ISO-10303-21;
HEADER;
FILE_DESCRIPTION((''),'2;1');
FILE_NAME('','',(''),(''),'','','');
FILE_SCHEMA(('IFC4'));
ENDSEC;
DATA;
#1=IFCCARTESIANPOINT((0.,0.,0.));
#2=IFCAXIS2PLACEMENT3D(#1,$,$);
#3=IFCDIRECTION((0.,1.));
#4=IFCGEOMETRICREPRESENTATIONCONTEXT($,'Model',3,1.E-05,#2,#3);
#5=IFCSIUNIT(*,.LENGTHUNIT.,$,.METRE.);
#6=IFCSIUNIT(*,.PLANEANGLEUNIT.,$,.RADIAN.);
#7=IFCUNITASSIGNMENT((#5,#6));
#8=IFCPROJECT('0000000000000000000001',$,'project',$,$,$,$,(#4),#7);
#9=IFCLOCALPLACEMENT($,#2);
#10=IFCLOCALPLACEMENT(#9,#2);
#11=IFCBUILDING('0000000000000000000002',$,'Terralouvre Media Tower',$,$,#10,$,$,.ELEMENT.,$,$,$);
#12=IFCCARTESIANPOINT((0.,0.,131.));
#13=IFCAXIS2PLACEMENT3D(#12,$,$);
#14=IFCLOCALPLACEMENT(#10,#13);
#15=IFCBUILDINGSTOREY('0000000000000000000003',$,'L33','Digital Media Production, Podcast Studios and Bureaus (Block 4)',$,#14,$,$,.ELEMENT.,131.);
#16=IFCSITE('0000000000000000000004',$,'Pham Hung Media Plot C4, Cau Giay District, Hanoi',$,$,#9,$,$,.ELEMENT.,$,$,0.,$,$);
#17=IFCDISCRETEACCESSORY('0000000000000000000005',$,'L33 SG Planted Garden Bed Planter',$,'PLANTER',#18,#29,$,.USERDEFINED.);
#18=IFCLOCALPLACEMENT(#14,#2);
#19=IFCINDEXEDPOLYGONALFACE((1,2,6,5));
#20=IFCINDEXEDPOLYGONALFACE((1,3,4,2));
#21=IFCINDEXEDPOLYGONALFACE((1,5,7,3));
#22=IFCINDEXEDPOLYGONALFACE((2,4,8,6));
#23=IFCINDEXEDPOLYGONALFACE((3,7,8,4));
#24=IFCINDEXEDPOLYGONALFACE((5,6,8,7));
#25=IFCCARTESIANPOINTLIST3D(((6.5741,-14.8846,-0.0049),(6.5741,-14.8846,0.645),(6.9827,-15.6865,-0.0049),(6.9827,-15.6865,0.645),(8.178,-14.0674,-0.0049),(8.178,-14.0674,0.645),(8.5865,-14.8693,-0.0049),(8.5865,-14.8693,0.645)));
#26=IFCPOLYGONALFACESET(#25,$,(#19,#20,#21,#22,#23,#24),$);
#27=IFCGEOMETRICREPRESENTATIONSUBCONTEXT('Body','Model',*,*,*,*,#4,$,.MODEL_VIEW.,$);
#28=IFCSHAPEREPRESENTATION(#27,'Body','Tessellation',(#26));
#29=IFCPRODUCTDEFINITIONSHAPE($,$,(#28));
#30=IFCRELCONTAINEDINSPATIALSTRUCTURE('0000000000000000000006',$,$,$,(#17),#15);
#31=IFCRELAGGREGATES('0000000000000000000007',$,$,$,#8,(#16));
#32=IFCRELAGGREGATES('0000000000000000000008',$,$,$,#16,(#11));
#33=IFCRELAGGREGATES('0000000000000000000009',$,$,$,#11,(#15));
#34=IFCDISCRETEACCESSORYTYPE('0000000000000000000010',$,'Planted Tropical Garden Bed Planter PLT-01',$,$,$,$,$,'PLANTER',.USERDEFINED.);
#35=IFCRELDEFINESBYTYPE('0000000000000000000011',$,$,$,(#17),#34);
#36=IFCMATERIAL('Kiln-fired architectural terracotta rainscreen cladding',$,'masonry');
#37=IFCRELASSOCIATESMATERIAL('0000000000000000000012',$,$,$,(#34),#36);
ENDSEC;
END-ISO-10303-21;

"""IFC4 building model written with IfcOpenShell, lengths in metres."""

from ifc_helpers import new_model, si_unit, direction, frame, origin, origin_2d, place, context, subcontext, project, spatial, rectangle, extrude, material, type_object, element, save


model = new_model("IFC4")

# Units and contexts
model_context = context("Model", 3, precision=1e-05, world=origin(), true_north=direction((0.0, 1.0)))
body_context = subcontext(model_context, "Body", "Model", "MODEL_VIEW")
ifc_project = project(units=[si_unit("LENGTHUNIT", "METRE"), si_unit("PLANEANGLEUNIT", "RADIAN")], contexts=[model_context])

# Site, building, storey
site_placement = place(None, origin())
site = spatial("IfcSite", under=ifc_project, at=site_placement, Name="Pham Hung Media Plot C4, Cau Giay District, Hanoi", CompositionType="ELEMENT", RefElevation=0.0)
building_placement = place(site_placement, origin())
building = spatial("IfcBuilding", under=site, at=building_placement, Name="Terralouvre Media Tower", CompositionType="ELEMENT")
storey_placement = place(building_placement, frame((0.0, 0.0, 131.0)))
storey = spatial("IfcBuildingStorey", under=building, at=storey_placement, Name="L33", Description="Digital Media Production, Podcast Studios and Bureaus (Block 4)", CompositionType="ELEMENT", Elevation=131.0)

# Discrete accessory
ifc_material_1 = material(Name="Kiln-fired architectural terracotta rainscreen cladding", Category="masonry")
discrete_accessory_type_1 = type_object("IfcDiscreteAccessoryType", Name="Planted Tropical Garden Bed Planter PLT-01", ElementType="PLANTER", PredefinedType="USERDEFINED", material=ifc_material_1)
discrete_accessory_1_placement = place(storey_placement, frame((7.5803, -14.877, -0.0049), z_axis=(0.0, 0.0, 1.0), x_axis=(0.891007, 0.45399, 0.0)))
element("IfcDiscreteAccessory", 1, at=discrete_accessory_1_placement, inside=storey, type_object=discrete_accessory_type_1, Name="L33 SG Planted Garden Bed Planter", ObjectType="PLANTER", PredefinedType="USERDEFINED", context=body_context, shape_type="SweptSolid", body=[
    extrude(rectangle(XDim=1.8, YDim=0.8999, at=origin_2d()), origin(), (0.0, 0.0, 1.0), 0.6499),
])

save(model, "model.ifc")
